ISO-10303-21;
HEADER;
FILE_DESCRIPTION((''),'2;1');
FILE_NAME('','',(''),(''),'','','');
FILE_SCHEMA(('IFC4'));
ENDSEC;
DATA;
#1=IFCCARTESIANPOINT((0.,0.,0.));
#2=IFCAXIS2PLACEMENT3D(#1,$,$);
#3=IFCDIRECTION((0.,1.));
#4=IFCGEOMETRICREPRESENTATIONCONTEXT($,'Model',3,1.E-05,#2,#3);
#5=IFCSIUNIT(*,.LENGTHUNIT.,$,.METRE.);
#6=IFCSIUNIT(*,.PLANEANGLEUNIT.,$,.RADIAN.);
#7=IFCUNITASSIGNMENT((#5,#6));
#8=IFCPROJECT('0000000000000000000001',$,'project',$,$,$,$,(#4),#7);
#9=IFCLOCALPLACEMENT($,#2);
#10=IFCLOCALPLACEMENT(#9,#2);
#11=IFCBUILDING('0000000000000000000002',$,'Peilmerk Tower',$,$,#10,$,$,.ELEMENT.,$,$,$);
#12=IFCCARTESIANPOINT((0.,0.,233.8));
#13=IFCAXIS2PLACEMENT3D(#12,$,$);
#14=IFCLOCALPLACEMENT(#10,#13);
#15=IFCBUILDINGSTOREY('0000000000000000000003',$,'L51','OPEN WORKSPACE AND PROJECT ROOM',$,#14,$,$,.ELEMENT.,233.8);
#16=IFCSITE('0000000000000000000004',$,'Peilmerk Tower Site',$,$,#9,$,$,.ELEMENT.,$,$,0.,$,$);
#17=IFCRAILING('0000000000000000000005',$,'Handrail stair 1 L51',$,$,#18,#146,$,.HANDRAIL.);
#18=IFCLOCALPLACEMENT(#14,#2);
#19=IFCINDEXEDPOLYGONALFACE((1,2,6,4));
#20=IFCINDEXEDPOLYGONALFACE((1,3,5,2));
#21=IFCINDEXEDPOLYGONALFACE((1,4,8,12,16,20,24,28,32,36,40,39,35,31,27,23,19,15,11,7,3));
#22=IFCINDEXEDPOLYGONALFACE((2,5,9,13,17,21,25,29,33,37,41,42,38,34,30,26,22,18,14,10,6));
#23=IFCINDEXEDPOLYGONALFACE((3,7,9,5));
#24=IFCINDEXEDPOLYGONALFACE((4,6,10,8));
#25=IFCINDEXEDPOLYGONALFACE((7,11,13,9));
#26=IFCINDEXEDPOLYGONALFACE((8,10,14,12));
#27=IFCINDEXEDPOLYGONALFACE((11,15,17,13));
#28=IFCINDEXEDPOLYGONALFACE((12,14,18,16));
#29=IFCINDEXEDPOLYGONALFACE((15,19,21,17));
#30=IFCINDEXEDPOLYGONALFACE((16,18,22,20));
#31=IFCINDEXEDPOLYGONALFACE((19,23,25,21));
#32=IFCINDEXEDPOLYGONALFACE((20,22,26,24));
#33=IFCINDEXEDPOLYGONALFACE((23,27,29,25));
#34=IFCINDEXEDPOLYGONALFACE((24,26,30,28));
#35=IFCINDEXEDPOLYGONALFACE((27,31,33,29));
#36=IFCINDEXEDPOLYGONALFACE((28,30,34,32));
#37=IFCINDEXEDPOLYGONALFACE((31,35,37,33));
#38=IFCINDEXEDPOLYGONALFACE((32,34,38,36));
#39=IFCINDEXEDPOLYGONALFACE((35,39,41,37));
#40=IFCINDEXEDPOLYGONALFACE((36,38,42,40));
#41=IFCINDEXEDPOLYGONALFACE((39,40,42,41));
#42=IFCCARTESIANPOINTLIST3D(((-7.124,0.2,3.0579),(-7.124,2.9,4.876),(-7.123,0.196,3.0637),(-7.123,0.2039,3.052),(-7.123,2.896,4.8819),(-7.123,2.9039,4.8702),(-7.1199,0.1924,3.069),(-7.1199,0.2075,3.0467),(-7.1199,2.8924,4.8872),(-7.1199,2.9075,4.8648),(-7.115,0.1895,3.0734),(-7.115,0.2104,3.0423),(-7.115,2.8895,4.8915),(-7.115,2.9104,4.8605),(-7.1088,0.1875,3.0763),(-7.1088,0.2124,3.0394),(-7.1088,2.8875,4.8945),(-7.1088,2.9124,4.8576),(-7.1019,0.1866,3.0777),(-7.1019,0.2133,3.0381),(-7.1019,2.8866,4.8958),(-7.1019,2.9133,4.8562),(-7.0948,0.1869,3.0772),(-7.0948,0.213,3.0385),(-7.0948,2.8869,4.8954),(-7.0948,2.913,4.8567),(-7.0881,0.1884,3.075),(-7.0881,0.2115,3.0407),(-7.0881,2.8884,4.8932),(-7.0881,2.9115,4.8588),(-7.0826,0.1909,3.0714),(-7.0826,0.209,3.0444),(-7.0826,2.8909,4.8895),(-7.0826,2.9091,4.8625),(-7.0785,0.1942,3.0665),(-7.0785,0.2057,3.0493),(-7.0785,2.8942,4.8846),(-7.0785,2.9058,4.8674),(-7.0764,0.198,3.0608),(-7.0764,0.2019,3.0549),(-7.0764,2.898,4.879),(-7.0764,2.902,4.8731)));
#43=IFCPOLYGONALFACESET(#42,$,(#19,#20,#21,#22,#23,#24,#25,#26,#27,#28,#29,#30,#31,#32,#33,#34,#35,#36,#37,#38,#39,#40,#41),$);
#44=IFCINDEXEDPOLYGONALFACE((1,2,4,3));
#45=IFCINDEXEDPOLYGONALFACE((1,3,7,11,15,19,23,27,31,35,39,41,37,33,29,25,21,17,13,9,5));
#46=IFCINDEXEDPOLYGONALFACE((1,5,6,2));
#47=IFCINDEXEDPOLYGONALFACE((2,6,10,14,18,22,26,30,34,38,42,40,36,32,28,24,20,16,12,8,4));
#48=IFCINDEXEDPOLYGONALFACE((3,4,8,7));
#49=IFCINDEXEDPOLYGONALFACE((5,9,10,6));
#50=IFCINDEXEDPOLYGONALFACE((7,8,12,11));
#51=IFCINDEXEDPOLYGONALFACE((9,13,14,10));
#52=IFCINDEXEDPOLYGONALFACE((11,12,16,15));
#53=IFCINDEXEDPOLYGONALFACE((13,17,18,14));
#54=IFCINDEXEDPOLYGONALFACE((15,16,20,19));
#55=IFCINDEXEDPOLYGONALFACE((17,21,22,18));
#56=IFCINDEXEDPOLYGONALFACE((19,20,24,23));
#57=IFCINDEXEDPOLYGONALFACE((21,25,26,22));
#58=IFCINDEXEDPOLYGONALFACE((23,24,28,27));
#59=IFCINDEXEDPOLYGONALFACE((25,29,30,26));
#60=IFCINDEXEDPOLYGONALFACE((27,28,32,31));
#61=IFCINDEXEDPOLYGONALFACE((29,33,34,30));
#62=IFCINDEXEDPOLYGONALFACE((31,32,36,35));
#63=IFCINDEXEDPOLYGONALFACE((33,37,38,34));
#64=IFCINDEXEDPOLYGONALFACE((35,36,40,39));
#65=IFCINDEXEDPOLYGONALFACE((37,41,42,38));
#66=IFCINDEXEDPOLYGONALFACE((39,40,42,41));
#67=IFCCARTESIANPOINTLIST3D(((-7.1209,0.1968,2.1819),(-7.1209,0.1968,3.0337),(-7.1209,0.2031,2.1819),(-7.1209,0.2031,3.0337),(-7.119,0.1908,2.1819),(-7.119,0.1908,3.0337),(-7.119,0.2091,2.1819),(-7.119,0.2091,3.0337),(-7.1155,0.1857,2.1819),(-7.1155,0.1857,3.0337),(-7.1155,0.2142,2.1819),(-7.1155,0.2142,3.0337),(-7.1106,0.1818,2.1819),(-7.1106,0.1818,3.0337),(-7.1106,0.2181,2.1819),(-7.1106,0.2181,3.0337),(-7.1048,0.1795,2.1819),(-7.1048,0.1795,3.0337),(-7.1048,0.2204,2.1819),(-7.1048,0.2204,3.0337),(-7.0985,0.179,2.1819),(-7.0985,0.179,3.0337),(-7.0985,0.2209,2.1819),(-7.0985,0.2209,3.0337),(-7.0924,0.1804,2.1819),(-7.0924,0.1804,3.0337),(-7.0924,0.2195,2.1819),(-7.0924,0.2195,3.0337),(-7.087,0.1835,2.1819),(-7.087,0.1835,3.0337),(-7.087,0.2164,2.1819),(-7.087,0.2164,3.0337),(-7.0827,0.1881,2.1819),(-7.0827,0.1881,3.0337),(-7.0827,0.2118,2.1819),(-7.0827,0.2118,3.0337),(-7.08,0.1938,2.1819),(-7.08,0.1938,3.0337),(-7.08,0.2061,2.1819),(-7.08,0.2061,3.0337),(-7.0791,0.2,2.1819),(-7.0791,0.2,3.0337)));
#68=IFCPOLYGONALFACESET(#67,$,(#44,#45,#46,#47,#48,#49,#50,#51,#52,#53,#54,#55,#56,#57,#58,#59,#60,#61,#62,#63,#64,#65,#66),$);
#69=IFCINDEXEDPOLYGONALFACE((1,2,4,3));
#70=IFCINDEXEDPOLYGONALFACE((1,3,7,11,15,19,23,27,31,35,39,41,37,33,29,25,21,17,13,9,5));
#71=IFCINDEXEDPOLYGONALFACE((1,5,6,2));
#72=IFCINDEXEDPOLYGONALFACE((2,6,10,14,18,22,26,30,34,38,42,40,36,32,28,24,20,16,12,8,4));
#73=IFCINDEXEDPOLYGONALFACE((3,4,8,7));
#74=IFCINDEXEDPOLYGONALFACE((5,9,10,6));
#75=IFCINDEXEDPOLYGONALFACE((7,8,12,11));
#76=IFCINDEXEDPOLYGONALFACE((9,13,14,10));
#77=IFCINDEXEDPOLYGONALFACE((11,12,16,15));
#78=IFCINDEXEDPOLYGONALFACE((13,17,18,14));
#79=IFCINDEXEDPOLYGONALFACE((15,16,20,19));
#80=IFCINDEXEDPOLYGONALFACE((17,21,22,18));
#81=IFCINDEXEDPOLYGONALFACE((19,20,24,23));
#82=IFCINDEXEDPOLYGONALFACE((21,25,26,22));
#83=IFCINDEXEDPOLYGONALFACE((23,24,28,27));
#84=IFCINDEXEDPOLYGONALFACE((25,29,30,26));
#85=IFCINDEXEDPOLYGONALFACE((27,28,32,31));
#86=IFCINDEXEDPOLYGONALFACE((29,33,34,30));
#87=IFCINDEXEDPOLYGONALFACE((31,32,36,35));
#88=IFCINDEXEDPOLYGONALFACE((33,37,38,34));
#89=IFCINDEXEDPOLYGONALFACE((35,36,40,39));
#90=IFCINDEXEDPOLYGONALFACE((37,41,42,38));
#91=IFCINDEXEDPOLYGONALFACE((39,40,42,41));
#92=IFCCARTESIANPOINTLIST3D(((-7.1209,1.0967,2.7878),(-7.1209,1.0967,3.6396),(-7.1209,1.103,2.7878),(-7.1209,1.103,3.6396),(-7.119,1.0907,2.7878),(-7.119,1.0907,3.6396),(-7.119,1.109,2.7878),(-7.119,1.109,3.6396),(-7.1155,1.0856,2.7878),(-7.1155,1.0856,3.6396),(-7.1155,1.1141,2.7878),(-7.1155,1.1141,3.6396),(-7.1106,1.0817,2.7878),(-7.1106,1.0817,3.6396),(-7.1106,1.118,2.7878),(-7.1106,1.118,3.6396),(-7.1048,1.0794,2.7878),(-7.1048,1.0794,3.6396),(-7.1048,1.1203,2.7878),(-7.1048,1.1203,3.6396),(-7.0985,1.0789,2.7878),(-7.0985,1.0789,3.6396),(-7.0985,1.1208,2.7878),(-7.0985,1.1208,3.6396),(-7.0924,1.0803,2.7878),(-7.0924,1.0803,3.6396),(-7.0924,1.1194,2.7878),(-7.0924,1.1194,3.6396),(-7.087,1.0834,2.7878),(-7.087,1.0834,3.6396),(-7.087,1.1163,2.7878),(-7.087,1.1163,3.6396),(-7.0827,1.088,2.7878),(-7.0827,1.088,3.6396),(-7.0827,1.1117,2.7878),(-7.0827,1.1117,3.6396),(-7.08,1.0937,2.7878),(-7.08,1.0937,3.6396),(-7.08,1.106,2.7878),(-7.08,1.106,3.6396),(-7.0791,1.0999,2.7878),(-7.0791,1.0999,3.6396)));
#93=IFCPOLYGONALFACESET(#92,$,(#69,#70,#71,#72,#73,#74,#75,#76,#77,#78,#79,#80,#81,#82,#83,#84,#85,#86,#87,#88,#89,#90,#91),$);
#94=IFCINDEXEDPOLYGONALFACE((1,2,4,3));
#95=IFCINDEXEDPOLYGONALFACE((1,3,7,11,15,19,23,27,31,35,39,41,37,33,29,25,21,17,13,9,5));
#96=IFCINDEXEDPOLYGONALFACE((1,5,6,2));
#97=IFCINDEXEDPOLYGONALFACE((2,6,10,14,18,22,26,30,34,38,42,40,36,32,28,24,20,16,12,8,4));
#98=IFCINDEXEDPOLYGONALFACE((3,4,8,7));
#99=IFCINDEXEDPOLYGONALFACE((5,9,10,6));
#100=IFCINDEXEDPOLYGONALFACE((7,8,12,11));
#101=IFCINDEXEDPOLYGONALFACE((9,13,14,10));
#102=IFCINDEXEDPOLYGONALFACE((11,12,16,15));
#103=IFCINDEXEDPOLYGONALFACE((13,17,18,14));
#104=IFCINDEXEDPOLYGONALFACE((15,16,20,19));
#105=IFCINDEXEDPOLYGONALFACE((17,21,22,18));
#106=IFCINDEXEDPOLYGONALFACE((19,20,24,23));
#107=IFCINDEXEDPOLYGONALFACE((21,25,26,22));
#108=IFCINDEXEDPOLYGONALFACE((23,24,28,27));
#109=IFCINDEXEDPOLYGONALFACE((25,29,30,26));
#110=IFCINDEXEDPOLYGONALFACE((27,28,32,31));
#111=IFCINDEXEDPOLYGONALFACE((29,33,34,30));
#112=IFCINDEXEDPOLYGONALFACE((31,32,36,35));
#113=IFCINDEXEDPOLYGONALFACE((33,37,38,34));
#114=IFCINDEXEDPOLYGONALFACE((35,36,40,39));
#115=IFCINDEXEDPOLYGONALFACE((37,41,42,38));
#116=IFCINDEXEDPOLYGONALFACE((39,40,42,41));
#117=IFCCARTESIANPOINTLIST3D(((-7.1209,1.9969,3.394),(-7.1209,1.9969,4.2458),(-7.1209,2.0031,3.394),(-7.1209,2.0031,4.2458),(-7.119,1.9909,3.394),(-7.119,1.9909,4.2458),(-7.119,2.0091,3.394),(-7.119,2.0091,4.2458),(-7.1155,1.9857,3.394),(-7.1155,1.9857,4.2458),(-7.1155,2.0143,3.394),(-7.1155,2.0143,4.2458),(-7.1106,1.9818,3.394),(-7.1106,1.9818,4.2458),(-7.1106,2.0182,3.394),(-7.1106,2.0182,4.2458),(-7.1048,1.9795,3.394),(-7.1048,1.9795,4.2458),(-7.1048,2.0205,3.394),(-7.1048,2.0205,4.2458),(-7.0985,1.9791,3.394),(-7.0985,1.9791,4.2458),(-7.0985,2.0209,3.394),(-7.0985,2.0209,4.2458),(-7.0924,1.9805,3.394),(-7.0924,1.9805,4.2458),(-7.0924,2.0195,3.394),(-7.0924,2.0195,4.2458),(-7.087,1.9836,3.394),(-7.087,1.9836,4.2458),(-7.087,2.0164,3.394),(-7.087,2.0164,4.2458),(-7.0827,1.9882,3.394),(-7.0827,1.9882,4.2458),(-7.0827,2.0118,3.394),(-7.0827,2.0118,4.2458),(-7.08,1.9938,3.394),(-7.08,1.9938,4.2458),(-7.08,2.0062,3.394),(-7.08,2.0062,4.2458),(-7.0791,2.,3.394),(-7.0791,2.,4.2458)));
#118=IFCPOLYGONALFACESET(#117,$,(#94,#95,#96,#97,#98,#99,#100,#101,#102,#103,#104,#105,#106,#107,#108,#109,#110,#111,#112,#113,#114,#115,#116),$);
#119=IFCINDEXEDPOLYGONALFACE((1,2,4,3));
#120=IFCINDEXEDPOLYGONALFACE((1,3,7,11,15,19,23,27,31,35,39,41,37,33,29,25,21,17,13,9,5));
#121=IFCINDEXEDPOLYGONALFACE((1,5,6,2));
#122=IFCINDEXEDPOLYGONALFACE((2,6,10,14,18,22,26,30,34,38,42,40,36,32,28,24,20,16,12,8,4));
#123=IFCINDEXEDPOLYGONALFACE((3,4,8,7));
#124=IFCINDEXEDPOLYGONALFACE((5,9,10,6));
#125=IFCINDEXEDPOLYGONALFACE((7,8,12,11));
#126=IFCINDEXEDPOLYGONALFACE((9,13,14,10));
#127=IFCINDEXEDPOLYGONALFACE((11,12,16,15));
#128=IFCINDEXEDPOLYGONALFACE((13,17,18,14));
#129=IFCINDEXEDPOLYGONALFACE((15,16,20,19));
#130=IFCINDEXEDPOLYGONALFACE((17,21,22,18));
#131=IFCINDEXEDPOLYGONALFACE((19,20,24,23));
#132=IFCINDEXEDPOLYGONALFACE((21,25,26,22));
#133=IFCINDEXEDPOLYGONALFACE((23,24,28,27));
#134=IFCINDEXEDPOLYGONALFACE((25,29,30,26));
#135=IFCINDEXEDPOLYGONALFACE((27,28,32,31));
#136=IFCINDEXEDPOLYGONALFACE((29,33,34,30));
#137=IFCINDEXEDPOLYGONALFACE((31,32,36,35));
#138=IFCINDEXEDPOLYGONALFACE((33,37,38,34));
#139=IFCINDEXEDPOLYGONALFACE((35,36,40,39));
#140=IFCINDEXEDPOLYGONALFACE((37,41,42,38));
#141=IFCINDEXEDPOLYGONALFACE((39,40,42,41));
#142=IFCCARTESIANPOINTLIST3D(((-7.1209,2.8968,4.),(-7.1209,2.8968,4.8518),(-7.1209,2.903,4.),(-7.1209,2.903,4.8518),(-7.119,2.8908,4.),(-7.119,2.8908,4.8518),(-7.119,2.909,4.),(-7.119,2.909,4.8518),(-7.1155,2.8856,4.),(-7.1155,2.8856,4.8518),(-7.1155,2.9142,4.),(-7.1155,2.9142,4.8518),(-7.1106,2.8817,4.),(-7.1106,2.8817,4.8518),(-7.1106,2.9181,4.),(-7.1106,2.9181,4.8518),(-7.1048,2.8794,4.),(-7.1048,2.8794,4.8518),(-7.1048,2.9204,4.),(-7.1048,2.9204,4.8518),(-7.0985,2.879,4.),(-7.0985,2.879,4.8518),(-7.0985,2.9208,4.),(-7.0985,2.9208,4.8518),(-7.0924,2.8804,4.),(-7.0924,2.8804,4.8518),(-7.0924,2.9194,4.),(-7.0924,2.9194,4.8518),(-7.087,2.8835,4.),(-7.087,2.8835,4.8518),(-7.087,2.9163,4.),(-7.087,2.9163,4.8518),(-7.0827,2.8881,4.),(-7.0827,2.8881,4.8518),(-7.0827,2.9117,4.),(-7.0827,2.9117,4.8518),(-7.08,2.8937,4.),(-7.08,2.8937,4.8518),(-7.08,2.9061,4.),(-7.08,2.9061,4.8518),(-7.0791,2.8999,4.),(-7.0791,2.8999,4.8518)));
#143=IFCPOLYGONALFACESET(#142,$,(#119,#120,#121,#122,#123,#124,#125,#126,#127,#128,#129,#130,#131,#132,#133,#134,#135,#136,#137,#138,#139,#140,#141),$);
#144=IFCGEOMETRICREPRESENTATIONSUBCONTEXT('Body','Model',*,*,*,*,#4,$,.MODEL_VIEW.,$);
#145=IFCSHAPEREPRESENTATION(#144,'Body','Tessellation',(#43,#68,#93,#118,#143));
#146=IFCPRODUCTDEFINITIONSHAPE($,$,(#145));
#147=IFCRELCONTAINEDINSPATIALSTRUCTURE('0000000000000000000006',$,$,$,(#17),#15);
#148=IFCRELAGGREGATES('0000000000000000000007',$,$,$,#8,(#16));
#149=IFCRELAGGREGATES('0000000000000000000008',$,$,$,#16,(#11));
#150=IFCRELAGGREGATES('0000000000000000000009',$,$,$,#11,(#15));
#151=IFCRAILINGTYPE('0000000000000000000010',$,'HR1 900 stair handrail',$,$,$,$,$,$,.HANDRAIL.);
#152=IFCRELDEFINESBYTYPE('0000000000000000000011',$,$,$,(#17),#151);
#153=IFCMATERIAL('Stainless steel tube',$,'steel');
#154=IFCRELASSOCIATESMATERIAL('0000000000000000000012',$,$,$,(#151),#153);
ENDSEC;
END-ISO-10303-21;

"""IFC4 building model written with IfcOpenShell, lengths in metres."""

from ifc_helpers import new_model, si_unit, direction, frame, origin, origin_2d, place, context, subcontext, project, spatial, circle, extrude, material, type_object, element, save


model = new_model("IFC4")

# Units and contexts
model_context = context("Model", 3, precision=1e-05, world=origin(), true_north=direction((0.0, 1.0)))
body_context = subcontext(model_context, "Body", "Model", "MODEL_VIEW")
ifc_project = project(units=[si_unit("LENGTHUNIT", "METRE"), si_unit("PLANEANGLEUNIT", "RADIAN")], contexts=[model_context])

# Site, building, storey
site_placement = place(None, origin())
site = spatial("IfcSite", under=ifc_project, at=site_placement, Name="Peilmerk Tower Site", CompositionType="ELEMENT", RefElevation=0.0)
building_placement = place(site_placement, origin())
building = spatial("IfcBuilding", under=site, at=building_placement, Name="Peilmerk Tower", CompositionType="ELEMENT")
storey_placement = place(building_placement, frame((0.0, 0.0, 233.8)))
storey = spatial("IfcBuildingStorey", under=building, at=storey_placement, Name="L51", Description="OPEN WORKSPACE AND PROJECT ROOM", CompositionType="ELEMENT", Elevation=233.8)

# Railing
ifc_material_1 = material(Name="Stainless steel tube", Category="steel")
railing_type_1 = type_object("IfcRailingType", Name="HR1 900 stair handrail", PredefinedType="HANDRAIL", material=ifc_material_1)
railing_1_placement = place(storey_placement, frame((-7.1001, 0.2, 2.1819)))
element("IfcRailing", 1, at=railing_1_placement, inside=storey, type_object=railing_type_1, Name="Handrail stair 1 L51", PredefinedType="HANDRAIL", context=body_context, shape_type="SweptSolid", body=[
    extrude(circle(Radius=0.0239, at=origin_2d()), frame((0.0, 0.0, 0.876), z_axis=(0.0, 0.829468, 0.558554), x_axis=(-1.0, 0.0, 0.0)), (0.0, 0.0, 1.0), 3.2551),
    extrude(circle(Radius=0.021, at=origin_2d()), origin(), (0.0, 0.0, 1.0), 0.8518),
    extrude(circle(Radius=0.021, at=origin_2d()), frame((0.0, 0.8999, 0.606)), (0.0, 0.0, 1.0), 0.8518),
    extrude(circle(Radius=0.021, at=origin_2d()), frame((0.0, 1.8, 1.2122)), (0.0, 0.0, 1.0), 0.8518),
    extrude(circle(Radius=0.021, at=origin_2d()), frame((0.0, 2.7, 1.8181)), (0.0, 0.0, 1.0), 0.8518),
])

save(model, "model.ifc")
